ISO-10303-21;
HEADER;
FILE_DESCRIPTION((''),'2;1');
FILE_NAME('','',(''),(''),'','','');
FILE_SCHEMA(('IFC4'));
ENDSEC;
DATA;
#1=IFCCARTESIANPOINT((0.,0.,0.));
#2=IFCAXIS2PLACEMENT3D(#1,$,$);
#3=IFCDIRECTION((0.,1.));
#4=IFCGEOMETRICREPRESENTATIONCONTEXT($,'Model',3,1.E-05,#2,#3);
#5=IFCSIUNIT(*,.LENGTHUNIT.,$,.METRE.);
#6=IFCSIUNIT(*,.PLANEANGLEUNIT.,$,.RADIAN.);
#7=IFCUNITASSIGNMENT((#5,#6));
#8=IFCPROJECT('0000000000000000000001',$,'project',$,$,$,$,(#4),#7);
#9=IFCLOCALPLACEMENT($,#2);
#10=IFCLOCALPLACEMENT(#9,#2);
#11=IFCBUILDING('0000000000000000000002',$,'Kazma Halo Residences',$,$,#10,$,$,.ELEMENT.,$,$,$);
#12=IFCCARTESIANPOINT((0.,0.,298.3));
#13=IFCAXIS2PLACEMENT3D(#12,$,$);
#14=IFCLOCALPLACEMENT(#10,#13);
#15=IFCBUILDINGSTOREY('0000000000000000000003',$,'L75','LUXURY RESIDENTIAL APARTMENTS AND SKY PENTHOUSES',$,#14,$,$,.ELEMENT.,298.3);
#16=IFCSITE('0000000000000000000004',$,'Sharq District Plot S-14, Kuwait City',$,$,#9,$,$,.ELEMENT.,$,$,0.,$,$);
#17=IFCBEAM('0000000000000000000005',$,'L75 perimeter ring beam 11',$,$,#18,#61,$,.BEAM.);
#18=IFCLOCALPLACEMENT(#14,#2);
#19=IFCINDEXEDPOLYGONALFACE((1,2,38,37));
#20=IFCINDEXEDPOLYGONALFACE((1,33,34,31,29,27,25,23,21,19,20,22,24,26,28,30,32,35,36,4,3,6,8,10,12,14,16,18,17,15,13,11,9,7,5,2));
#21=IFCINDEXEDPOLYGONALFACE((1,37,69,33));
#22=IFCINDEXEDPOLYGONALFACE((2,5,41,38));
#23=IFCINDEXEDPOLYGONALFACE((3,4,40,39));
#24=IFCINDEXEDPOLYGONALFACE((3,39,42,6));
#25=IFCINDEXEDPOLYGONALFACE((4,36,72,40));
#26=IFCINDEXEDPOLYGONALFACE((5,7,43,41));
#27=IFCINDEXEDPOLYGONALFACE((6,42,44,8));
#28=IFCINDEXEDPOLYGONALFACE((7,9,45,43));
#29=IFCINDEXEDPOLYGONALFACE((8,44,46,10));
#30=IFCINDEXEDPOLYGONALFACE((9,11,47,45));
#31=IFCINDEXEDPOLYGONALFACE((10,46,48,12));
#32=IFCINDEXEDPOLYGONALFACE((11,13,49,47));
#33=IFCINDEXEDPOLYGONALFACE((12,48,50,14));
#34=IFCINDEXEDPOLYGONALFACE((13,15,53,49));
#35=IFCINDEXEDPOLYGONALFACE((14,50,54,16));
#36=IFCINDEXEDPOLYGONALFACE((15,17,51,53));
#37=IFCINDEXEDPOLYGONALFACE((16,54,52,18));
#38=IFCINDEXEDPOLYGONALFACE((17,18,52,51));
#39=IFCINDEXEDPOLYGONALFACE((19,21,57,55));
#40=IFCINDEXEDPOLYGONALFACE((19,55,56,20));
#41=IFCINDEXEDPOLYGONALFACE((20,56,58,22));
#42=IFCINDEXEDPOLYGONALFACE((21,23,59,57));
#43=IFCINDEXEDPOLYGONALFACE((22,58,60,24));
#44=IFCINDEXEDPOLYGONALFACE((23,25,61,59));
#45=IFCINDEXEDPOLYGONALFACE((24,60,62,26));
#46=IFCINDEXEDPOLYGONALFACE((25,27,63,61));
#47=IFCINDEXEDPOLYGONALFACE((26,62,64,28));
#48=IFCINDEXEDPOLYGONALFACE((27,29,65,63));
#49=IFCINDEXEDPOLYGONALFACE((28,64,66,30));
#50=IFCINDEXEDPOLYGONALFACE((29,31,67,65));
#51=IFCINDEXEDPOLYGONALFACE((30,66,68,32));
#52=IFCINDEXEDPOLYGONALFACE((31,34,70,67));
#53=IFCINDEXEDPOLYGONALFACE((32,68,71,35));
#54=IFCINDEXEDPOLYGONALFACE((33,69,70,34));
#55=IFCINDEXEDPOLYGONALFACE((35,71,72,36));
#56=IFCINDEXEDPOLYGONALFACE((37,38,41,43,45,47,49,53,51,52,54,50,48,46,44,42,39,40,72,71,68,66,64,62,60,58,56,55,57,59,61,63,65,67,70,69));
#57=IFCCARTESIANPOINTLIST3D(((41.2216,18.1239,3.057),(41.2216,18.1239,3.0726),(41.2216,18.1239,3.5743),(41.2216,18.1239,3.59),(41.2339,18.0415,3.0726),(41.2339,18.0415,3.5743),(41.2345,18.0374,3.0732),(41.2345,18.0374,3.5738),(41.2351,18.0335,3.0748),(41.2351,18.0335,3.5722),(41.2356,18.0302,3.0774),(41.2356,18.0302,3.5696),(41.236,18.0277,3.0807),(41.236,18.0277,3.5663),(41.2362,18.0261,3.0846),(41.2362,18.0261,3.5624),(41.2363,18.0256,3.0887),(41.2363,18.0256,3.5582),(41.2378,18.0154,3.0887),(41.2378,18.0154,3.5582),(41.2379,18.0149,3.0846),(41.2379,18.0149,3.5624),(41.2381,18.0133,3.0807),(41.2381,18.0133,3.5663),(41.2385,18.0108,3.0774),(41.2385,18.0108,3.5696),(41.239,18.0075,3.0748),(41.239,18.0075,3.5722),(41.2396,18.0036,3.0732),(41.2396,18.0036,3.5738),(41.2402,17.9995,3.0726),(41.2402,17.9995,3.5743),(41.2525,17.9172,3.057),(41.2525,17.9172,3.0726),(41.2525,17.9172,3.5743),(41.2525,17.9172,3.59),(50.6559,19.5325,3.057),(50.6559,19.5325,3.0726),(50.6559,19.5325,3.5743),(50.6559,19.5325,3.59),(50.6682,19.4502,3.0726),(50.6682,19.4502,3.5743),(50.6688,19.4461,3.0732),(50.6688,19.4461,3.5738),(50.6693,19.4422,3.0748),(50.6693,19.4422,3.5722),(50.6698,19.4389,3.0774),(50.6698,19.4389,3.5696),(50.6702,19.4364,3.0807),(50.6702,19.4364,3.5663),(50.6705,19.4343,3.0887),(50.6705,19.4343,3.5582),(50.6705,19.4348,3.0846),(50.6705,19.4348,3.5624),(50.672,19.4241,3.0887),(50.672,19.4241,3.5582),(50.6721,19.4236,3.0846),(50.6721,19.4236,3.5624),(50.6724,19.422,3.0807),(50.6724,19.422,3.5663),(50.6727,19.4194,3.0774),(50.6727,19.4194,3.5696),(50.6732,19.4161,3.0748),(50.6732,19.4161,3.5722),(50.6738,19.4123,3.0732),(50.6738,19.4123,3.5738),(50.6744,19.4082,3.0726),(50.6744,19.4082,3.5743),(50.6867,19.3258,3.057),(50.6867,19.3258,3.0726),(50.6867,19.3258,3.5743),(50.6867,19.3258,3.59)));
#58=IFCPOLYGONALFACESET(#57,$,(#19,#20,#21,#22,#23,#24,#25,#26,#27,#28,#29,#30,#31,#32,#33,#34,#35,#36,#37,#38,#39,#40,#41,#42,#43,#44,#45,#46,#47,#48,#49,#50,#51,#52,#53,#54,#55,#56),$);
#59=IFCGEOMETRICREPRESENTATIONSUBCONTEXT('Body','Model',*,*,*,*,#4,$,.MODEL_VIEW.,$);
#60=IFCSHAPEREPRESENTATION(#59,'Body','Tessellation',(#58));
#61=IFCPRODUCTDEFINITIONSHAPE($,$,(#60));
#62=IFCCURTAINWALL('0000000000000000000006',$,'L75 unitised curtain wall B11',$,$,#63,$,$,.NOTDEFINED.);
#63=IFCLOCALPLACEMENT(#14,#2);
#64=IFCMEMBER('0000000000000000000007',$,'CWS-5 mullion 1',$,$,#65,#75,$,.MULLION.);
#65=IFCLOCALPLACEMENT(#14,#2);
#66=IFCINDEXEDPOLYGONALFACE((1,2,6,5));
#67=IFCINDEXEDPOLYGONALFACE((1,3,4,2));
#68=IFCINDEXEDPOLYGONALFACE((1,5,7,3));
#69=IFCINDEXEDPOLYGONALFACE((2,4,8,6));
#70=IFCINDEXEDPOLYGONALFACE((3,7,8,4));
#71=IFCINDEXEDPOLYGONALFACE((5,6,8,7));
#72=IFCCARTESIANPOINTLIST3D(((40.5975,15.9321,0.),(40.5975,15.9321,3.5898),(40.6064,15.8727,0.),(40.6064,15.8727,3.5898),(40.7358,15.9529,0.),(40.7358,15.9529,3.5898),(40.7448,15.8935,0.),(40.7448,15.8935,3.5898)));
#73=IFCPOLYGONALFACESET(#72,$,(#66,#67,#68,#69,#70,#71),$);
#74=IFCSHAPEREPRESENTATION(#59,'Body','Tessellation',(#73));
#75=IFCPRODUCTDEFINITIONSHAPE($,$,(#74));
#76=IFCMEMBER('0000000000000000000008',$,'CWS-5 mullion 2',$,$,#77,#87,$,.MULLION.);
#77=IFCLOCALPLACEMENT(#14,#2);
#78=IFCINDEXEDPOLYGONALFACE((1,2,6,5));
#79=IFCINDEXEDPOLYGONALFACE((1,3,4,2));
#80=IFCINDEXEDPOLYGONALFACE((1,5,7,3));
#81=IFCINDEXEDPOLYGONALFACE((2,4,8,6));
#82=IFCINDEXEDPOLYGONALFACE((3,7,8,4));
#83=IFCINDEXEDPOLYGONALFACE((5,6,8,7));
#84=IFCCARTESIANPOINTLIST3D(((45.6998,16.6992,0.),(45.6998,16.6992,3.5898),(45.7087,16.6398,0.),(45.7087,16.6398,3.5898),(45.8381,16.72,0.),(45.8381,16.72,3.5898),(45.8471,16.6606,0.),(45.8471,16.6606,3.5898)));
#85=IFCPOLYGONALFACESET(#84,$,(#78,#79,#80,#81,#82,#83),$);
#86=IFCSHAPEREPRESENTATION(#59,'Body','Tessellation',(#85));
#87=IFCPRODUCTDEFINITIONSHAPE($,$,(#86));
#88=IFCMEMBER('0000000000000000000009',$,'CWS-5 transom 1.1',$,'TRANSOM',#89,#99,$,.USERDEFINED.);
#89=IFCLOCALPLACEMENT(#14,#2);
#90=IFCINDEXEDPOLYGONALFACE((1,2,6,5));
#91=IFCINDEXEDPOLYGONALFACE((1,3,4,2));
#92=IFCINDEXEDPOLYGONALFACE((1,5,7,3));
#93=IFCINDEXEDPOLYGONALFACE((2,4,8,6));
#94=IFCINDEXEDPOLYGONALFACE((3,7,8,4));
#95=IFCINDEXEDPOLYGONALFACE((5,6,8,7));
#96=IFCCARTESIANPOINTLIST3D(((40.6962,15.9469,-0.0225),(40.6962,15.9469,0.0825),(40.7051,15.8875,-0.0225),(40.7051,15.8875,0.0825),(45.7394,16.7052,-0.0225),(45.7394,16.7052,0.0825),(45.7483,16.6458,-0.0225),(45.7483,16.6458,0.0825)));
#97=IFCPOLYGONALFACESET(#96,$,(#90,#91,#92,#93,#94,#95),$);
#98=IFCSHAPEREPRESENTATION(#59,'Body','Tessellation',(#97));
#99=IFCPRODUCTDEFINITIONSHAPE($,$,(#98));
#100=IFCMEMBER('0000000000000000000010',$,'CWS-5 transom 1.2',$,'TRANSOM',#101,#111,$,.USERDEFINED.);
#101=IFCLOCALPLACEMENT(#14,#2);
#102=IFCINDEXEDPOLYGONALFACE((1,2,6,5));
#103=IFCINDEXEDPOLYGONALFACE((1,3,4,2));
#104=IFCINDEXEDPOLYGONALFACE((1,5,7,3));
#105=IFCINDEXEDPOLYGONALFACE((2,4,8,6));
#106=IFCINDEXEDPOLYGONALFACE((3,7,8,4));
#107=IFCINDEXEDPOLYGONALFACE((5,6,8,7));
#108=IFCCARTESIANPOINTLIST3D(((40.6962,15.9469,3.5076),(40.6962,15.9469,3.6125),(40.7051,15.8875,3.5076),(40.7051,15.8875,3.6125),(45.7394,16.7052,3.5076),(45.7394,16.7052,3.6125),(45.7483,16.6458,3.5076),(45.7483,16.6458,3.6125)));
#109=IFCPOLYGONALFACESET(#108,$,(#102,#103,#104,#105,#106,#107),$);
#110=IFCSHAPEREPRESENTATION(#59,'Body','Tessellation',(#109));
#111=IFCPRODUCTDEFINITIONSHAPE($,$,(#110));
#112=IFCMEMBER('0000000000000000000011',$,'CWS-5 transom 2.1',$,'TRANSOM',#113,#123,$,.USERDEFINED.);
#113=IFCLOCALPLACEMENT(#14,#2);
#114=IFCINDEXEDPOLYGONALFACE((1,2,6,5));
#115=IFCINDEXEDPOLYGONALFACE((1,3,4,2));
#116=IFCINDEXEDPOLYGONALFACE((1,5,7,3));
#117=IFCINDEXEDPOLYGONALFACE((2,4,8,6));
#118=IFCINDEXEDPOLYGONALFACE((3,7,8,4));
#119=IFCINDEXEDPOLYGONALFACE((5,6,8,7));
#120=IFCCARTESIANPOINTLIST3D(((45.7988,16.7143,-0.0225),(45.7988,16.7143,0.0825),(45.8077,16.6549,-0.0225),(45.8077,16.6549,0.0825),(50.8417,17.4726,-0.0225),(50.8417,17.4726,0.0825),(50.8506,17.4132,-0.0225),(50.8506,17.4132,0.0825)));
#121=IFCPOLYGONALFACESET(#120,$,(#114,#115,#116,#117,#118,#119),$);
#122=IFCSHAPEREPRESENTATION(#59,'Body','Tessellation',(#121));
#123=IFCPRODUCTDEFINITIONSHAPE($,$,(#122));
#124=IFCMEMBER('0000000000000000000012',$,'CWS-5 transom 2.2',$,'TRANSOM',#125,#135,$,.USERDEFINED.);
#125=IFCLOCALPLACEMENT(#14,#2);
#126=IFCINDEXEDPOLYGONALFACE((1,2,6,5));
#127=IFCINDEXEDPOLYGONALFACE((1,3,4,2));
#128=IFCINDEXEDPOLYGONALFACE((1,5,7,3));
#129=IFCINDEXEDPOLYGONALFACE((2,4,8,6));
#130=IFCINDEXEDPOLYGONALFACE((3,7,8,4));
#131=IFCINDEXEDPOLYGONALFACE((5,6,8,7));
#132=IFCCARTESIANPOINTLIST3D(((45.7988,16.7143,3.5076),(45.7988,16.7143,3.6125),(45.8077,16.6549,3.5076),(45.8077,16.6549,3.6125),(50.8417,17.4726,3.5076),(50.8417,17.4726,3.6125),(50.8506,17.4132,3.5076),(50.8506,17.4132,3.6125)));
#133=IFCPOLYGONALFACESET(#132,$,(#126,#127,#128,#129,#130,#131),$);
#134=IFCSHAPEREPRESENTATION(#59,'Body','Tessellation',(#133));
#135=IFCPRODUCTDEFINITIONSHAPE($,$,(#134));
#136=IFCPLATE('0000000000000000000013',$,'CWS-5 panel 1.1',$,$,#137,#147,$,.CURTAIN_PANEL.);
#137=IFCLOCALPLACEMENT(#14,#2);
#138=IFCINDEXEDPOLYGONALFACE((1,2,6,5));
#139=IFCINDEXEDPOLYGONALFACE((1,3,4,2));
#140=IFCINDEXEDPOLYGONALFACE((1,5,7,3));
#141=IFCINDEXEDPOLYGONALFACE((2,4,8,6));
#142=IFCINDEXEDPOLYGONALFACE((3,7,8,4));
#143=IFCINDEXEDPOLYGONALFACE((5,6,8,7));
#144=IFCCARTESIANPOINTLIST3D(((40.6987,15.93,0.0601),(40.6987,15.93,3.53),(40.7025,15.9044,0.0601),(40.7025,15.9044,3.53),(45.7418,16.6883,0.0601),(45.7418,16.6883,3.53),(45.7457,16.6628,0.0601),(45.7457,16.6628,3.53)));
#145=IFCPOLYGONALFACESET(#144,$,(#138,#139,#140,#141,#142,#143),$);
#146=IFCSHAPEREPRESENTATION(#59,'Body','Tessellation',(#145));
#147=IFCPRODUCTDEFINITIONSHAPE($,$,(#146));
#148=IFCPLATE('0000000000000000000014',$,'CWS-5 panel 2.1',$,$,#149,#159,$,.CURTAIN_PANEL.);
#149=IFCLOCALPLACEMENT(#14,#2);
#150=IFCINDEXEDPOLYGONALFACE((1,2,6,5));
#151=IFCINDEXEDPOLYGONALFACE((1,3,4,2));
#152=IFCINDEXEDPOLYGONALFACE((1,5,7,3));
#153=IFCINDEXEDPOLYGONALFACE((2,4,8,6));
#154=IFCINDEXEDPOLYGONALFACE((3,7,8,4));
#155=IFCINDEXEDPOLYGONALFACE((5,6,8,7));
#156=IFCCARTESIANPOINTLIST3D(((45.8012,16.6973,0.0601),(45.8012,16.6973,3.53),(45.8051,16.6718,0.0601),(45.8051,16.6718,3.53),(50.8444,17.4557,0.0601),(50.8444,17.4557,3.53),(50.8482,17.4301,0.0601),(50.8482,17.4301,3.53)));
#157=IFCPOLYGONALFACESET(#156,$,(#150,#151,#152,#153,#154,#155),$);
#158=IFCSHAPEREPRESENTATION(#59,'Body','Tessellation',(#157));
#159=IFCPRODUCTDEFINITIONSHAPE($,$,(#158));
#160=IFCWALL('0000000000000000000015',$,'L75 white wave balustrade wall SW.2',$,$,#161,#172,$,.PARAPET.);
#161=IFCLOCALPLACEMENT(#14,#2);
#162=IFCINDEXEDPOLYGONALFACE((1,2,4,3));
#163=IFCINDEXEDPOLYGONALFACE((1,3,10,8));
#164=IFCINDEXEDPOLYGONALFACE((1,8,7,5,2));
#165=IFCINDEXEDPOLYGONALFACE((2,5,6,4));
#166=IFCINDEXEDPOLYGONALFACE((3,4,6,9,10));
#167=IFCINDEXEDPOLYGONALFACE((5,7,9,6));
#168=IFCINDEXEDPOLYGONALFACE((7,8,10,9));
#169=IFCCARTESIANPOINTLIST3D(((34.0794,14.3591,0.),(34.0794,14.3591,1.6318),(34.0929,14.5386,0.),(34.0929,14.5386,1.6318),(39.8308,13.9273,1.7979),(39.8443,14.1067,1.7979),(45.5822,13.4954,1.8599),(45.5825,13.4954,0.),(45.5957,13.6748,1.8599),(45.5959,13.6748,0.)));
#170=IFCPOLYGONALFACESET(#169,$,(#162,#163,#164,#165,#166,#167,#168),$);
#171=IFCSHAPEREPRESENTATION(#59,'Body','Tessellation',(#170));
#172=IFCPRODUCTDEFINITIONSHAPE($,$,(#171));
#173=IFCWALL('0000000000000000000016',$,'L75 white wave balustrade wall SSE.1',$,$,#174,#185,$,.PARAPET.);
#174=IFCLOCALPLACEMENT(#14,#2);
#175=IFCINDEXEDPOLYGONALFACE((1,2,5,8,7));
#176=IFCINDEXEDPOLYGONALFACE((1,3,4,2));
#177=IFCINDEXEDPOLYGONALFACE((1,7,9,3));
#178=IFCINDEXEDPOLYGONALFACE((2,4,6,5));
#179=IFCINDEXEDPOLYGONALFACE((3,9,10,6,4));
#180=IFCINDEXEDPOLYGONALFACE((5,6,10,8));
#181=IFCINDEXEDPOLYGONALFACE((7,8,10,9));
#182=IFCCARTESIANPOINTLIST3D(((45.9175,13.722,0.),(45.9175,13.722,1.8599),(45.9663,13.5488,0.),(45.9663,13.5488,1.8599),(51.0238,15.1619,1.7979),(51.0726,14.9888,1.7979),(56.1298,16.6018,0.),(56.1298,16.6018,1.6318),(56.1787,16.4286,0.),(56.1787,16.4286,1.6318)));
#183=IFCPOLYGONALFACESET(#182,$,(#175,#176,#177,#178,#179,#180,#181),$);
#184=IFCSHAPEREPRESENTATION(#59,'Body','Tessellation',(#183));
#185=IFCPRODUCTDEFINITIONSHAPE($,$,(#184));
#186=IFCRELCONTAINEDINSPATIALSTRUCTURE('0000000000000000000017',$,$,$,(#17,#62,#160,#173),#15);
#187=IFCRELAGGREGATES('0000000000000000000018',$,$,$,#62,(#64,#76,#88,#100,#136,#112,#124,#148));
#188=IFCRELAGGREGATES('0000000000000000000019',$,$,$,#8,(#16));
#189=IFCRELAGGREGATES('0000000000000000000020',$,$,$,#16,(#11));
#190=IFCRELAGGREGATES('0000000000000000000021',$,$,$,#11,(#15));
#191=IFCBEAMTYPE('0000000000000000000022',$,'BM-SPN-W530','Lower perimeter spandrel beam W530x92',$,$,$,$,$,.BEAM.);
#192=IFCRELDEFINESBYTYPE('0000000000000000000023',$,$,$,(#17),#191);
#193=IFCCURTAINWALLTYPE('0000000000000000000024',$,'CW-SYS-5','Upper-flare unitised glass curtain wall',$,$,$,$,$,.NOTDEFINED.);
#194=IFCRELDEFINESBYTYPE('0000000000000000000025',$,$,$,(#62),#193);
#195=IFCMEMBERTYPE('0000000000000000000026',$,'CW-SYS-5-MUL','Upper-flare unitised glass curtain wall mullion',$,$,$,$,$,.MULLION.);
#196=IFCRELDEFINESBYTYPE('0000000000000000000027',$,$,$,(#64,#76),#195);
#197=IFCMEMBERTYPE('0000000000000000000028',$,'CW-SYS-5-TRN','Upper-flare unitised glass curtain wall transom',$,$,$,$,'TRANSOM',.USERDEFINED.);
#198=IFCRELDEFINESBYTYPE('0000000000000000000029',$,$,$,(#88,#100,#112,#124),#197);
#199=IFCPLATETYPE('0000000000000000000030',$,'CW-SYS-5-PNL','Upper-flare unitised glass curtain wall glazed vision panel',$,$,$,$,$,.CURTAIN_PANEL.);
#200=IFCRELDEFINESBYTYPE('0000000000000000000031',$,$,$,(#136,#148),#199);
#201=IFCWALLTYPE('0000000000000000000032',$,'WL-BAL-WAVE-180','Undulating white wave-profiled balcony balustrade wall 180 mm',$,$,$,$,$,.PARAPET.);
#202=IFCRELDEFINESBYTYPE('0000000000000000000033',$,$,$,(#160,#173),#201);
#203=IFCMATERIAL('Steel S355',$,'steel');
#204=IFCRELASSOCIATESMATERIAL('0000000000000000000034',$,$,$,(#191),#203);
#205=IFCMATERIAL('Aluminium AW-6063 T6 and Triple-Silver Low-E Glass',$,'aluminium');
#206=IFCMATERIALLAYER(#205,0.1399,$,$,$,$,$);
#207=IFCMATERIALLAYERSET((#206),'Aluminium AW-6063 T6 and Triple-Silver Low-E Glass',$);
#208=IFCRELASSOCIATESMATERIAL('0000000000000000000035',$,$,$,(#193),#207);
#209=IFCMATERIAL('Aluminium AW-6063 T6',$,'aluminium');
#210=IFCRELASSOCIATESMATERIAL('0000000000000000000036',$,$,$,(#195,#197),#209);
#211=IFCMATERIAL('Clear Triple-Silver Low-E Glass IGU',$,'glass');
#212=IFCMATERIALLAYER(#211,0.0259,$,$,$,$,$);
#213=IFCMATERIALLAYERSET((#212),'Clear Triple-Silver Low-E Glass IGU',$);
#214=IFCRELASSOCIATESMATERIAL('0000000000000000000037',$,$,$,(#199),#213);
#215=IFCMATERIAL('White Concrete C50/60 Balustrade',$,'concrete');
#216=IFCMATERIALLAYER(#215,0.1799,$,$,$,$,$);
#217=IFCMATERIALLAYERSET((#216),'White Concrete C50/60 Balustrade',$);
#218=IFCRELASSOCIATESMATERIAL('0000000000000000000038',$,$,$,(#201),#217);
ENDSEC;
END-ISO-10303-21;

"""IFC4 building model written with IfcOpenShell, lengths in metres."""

from ifc_helpers import new_model, si_unit, direction, frame, origin, origin_2d, place, context, subcontext, project, spatial, polyline, rectangle, i_section, outline, extrude, material, layer, layer_set, material_profile, profile_set, type_object, element, aggregate, save


model = new_model("IFC4")

# Units and contexts
model_context = context("Model", 3, precision=1e-05, world=origin(), true_north=direction((0.0, 1.0)))
body_context = subcontext(model_context, "Body", "Model", "MODEL_VIEW")
ifc_project = project(units=[si_unit("LENGTHUNIT", "METRE"), si_unit("PLANEANGLEUNIT", "RADIAN")], contexts=[model_context])

# Site, building, storey
site_placement = place(None, origin())
site = spatial("IfcSite", under=ifc_project, at=site_placement, Name="Sharq District Plot S-14, Kuwait City", CompositionType="ELEMENT", RefElevation=0.0)
building_placement = place(site_placement, origin())
building = spatial("IfcBuilding", under=site, at=building_placement, Name="Kazma Halo Residences", CompositionType="ELEMENT")
storey_placement = place(building_placement, frame((0.0, 0.0, 298.3)))
storey = spatial("IfcBuildingStorey", under=building, at=storey_placement, Name="L75", Description="LUXURY RESIDENTIAL APARTMENTS AND SKY PENTHOUSES", CompositionType="ELEMENT", Elevation=298.3)

# Beam
ifc_material_1 = material(Name="Steel S355", Category="steel")
ifc_material_profile_1 = material_profile(ifc_material_1, i_section(OverallWidth=0.209, OverallDepth=0.533, WebThickness=0.0103, FlangeThickness=0.0156, FilletRadius=0.0161, at=origin_2d()), Name="W530x92")
ifc_profile_set_1 = profile_set([ifc_material_profile_1], Name="Steel S355")
beam_type_1 = type_object("IfcBeamType", Name="BM-SPN-W530", Description="Lower perimeter spandrel beam W530x92", PredefinedType="BEAM", material=ifc_profile_set_1)
beam_1_placement = place(storey_placement, frame((41.2371, 18.0205, 3.3235), z_axis=(0.989035, 0.147678, 0.0), x_axis=(-0.147678, 0.989035, 0.0)))
element("IfcBeam", 1, at=beam_1_placement, inside=storey, type_object=beam_type_1, Name="L75 perimeter ring beam 11", PredefinedType="BEAM", context=body_context, shape_type="SweptSolid", body=[
    extrude(i_section(OverallWidth=0.209, OverallDepth=0.533, WebThickness=0.0103, FlangeThickness=0.0156, FilletRadius=0.0161, at=origin_2d()), origin(), (0.0, 0.0, 1.0), 9.5388),
])

# Curtain wall, members, plates
ifc_material_2 = material(Name="Aluminium AW-6063 T6 and Triple-Silver Low-E Glass", Category="aluminium")
ifc_layer_1 = layer(ifc_material_2, 0.1399)
ifc_layer_set_1 = layer_set([ifc_layer_1], Name="Aluminium AW-6063 T6 and Triple-Silver Low-E Glass")
curtain_wall_type = type_object("IfcCurtainWallType", Name="CW-SYS-5", Description="Upper-flare unitised glass curtain wall", PredefinedType="NOTDEFINED", material=ifc_layer_set_1)
curtain_wall_placement = place(storey_placement, origin())
curtain_wall = element("IfcCurtainWall", 2, at=curtain_wall_placement, inside=storey, type_object=curtain_wall_type, Name="L75 unitised curtain wall B11", PredefinedType="NOTDEFINED")
ifc_material_3 = material(Name="Aluminium AW-6063 T6", Category="aluminium")
ifc_material_profile_2 = material_profile(ifc_material_3, rectangle(XDim=0.0601, YDim=0.1399, at=origin_2d()), Name="CWM-60x140")
ifc_profile_set_2 = profile_set([ifc_material_profile_2], Name="Aluminium AW-6063 T6")
member_type_1 = type_object("IfcMemberType", Name="CW-SYS-5-MUL", Description="Upper-flare unitised glass curtain wall mullion", PredefinedType="MULLION", material=ifc_profile_set_2)
member_1_placement = place(storey_placement, frame((40.6711, 15.9128, 0.0), z_axis=(0.0, 0.0, 1.0), x_axis=(-0.148697, 0.988883, 0.0)))
member_1 = element("IfcMember", 3, at=member_1_placement, type_object=member_type_1, Name="CWS-5 mullion 1", PredefinedType="MULLION", context=body_context, shape_type="SweptSolid", body=[
    extrude(rectangle(XDim=0.0601, YDim=0.1399, at=origin_2d()), origin(), (0.0, 0.0, 1.0), 3.5898),
])
member_2_placement = place(storey_placement, frame((45.7734, 16.6799, 0.0), z_axis=(0.0, 0.0, 1.0), x_axis=(-0.148697, 0.988883, 0.0)))
member_2 = element("IfcMember", 4, at=member_2_placement, type_object=member_type_1, Name="CWS-5 mullion 2", PredefinedType="MULLION", context=body_context, shape_type="SweptSolid", body=[
    extrude(rectangle(XDim=0.0601, YDim=0.1399, at=origin_2d()), origin(), (0.0, 0.0, 1.0), 3.5898),
])
ifc_material_profile_3 = material_profile(ifc_material_3, rectangle(XDim=0.0601, YDim=0.105, at=origin_2d()), Name="CWT-60x105")
ifc_profile_set_3 = profile_set([ifc_material_profile_3], Name="Aluminium AW-6063 T6")
member_type_2 = type_object("IfcMemberType", Name="CW-SYS-5-TRN", Description="Upper-flare unitised glass curtain wall transom", ElementType="TRANSOM", PredefinedType="USERDEFINED", material=ifc_profile_set_3)
member_3_placement = place(storey_placement, frame((40.7007, 15.9172, 0.03), z_axis=(0.988884, 0.148689, 0.0), x_axis=(-0.148689, 0.988884, 0.0)))
member_3 = element("IfcMember", 5, at=member_3_placement, type_object=member_type_2, Name="CWS-5 transom 1.1", ObjectType="TRANSOM", PredefinedType="USERDEFINED", context=body_context, shape_type="SweptSolid", body=[
    extrude(rectangle(XDim=0.0601, YDim=0.105, at=origin_2d()), origin(), (0.0, 0.0, 1.0), 5.0999),
])
member_4_placement = place(storey_placement, frame((40.7007, 15.9172, 3.5601), z_axis=(0.988884, 0.148689, 0.0), x_axis=(-0.148689, 0.988884, 0.0)))
member_4 = element("IfcMember", 6, at=member_4_placement, type_object=member_type_2, Name="CWS-5 transom 1.2", ObjectType="TRANSOM", PredefinedType="USERDEFINED", context=body_context, shape_type="SweptSolid", body=[
    extrude(rectangle(XDim=0.0601, YDim=0.105, at=origin_2d()), origin(), (0.0, 0.0, 1.0), 5.0999),
])
member_5_placement = place(storey_placement, frame((45.8032, 16.6846, 0.03), z_axis=(0.988883, 0.148696, 0.0), x_axis=(-0.148696, 0.988883, 0.0)))
member_5 = element("IfcMember", 7, at=member_5_placement, type_object=member_type_2, Name="CWS-5 transom 2.1", ObjectType="TRANSOM", PredefinedType="USERDEFINED", context=body_context, shape_type="SweptSolid", body=[
    extrude(rectangle(XDim=0.0601, YDim=0.105, at=origin_2d()), origin(), (0.0, 0.0, 1.0), 5.0996),
])
member_6_placement = place(storey_placement, frame((45.8032, 16.6846, 3.5601), z_axis=(0.988883, 0.148696, 0.0), x_axis=(-0.148696, 0.988883, 0.0)))
member_6 = element("IfcMember", 8, at=member_6_placement, type_object=member_type_2, Name="CWS-5 transom 2.2", ObjectType="TRANSOM", PredefinedType="USERDEFINED", context=body_context, shape_type="SweptSolid", body=[
    extrude(rectangle(XDim=0.0601, YDim=0.105, at=origin_2d()), origin(), (0.0, 0.0, 1.0), 5.0996),
])
ifc_material_4 = material(Name="Clear Triple-Silver Low-E Glass IGU", Category="glass")
ifc_layer_2 = layer(ifc_material_4, 0.0259)
ifc_layer_set_2 = layer_set([ifc_layer_2], Name="Clear Triple-Silver Low-E Glass IGU")
plate_type = type_object("IfcPlateType", Name="CW-SYS-5-PNL", Description="Upper-flare unitised glass curtain wall glazed vision panel", PredefinedType="CURTAIN_PANEL", material=ifc_layer_set_2)
plate_1_placement = place(storey_placement, frame((43.2222, 16.2964, 0.0601), z_axis=(0.0, 0.0, 1.0), x_axis=(0.988883, 0.148697, 0.0)))
plate_1 = element("IfcPlate", 9, at=plate_1_placement, type_object=plate_type, Name="CWS-5 panel 1.1", PredefinedType="CURTAIN_PANEL", context=body_context, shape_type="SweptSolid", body=[
    extrude(rectangle(XDim=5.0999, YDim=0.0259, at=origin_2d()), origin(), (0.0, 0.0, 1.0), 3.47),
])
plate_2_placement = place(storey_placement, frame((48.3247, 17.0637, 0.0601), z_axis=(0.0, 0.0, 1.0), x_axis=(0.988883, 0.148697, 0.0)))
plate_2 = element("IfcPlate", 10, at=plate_2_placement, type_object=plate_type, Name="CWS-5 panel 2.1", PredefinedType="CURTAIN_PANEL", context=body_context, shape_type="SweptSolid", body=[
    extrude(rectangle(XDim=5.0999, YDim=0.0259, at=origin_2d()), origin(), (0.0, 0.0, 1.0), 3.47),
])
aggregate(curtain_wall, [member_1, member_2, member_3, member_4, plate_1, member_5, member_6, plate_2])

# Walls
ifc_material_5 = material(Name="White Concrete C50/60 Balustrade", Category="concrete")
ifc_layer_3 = layer(ifc_material_5, 0.1799)
ifc_layer_set_3 = layer_set([ifc_layer_3], Name="White Concrete C50/60 Balustrade")
wall_type_1 = type_object("IfcWallType", Name="WL-BAL-WAVE-180", Description="Undulating white wave-profiled balcony balustrade wall 180 mm", PredefinedType="PARAPET", material=ifc_layer_set_3)
wall_1_placement = place(storey_placement, frame((34.0862, 14.449, 0.0), z_axis=(0.0, 0.0, 1.0), x_axis=(0.997193, -0.07488, 0.0)))
element("IfcWall", 11, at=wall_1_placement, inside=storey, type_object=wall_type_1, Name="L75 white wave balustrade wall SW.2", PredefinedType="PARAPET", context=body_context, shape_type="SweptSolid", body=[
    extrude(outline(polyline([(0.0, 0.0), (11.5354, 0.0), (11.5352, 1.8599), (5.7676, 1.7979), (0.0, 1.6318), (0.0, 0.0)])), frame((0.0, 0.0898, 0.0), z_axis=(0.0, -1.0, 0.0), x_axis=(1.0, 0.0, 0.0)), (0.0, 0.0, 1.0), 0.1799),
])
wall_2_placement = place(storey_placement, frame((45.9419, 13.6355, 0.0), z_axis=(0.0, 0.0, 1.0), x_axis=(0.962463, 0.271413, 0.0)))
element("IfcWall", 12, at=wall_2_placement, inside=storey, type_object=wall_type_1, Name="L75 white wave balustrade wall SSE.1", PredefinedType="PARAPET", context=body_context, shape_type="SweptSolid", body=[
    extrude(outline(polyline([(0.0, 0.0), (10.6106, 0.0), (10.6106, 1.6318), (5.3054, 1.7979), (0.0, 1.8599), (0.0, 0.0)])), frame((0.0, 0.0898, 0.0), z_axis=(0.0, -1.0, 0.0), x_axis=(1.0, 0.0, 0.0)), (0.0, 0.0, 1.0), 0.1799),
])

save(model, "model.ifc")
